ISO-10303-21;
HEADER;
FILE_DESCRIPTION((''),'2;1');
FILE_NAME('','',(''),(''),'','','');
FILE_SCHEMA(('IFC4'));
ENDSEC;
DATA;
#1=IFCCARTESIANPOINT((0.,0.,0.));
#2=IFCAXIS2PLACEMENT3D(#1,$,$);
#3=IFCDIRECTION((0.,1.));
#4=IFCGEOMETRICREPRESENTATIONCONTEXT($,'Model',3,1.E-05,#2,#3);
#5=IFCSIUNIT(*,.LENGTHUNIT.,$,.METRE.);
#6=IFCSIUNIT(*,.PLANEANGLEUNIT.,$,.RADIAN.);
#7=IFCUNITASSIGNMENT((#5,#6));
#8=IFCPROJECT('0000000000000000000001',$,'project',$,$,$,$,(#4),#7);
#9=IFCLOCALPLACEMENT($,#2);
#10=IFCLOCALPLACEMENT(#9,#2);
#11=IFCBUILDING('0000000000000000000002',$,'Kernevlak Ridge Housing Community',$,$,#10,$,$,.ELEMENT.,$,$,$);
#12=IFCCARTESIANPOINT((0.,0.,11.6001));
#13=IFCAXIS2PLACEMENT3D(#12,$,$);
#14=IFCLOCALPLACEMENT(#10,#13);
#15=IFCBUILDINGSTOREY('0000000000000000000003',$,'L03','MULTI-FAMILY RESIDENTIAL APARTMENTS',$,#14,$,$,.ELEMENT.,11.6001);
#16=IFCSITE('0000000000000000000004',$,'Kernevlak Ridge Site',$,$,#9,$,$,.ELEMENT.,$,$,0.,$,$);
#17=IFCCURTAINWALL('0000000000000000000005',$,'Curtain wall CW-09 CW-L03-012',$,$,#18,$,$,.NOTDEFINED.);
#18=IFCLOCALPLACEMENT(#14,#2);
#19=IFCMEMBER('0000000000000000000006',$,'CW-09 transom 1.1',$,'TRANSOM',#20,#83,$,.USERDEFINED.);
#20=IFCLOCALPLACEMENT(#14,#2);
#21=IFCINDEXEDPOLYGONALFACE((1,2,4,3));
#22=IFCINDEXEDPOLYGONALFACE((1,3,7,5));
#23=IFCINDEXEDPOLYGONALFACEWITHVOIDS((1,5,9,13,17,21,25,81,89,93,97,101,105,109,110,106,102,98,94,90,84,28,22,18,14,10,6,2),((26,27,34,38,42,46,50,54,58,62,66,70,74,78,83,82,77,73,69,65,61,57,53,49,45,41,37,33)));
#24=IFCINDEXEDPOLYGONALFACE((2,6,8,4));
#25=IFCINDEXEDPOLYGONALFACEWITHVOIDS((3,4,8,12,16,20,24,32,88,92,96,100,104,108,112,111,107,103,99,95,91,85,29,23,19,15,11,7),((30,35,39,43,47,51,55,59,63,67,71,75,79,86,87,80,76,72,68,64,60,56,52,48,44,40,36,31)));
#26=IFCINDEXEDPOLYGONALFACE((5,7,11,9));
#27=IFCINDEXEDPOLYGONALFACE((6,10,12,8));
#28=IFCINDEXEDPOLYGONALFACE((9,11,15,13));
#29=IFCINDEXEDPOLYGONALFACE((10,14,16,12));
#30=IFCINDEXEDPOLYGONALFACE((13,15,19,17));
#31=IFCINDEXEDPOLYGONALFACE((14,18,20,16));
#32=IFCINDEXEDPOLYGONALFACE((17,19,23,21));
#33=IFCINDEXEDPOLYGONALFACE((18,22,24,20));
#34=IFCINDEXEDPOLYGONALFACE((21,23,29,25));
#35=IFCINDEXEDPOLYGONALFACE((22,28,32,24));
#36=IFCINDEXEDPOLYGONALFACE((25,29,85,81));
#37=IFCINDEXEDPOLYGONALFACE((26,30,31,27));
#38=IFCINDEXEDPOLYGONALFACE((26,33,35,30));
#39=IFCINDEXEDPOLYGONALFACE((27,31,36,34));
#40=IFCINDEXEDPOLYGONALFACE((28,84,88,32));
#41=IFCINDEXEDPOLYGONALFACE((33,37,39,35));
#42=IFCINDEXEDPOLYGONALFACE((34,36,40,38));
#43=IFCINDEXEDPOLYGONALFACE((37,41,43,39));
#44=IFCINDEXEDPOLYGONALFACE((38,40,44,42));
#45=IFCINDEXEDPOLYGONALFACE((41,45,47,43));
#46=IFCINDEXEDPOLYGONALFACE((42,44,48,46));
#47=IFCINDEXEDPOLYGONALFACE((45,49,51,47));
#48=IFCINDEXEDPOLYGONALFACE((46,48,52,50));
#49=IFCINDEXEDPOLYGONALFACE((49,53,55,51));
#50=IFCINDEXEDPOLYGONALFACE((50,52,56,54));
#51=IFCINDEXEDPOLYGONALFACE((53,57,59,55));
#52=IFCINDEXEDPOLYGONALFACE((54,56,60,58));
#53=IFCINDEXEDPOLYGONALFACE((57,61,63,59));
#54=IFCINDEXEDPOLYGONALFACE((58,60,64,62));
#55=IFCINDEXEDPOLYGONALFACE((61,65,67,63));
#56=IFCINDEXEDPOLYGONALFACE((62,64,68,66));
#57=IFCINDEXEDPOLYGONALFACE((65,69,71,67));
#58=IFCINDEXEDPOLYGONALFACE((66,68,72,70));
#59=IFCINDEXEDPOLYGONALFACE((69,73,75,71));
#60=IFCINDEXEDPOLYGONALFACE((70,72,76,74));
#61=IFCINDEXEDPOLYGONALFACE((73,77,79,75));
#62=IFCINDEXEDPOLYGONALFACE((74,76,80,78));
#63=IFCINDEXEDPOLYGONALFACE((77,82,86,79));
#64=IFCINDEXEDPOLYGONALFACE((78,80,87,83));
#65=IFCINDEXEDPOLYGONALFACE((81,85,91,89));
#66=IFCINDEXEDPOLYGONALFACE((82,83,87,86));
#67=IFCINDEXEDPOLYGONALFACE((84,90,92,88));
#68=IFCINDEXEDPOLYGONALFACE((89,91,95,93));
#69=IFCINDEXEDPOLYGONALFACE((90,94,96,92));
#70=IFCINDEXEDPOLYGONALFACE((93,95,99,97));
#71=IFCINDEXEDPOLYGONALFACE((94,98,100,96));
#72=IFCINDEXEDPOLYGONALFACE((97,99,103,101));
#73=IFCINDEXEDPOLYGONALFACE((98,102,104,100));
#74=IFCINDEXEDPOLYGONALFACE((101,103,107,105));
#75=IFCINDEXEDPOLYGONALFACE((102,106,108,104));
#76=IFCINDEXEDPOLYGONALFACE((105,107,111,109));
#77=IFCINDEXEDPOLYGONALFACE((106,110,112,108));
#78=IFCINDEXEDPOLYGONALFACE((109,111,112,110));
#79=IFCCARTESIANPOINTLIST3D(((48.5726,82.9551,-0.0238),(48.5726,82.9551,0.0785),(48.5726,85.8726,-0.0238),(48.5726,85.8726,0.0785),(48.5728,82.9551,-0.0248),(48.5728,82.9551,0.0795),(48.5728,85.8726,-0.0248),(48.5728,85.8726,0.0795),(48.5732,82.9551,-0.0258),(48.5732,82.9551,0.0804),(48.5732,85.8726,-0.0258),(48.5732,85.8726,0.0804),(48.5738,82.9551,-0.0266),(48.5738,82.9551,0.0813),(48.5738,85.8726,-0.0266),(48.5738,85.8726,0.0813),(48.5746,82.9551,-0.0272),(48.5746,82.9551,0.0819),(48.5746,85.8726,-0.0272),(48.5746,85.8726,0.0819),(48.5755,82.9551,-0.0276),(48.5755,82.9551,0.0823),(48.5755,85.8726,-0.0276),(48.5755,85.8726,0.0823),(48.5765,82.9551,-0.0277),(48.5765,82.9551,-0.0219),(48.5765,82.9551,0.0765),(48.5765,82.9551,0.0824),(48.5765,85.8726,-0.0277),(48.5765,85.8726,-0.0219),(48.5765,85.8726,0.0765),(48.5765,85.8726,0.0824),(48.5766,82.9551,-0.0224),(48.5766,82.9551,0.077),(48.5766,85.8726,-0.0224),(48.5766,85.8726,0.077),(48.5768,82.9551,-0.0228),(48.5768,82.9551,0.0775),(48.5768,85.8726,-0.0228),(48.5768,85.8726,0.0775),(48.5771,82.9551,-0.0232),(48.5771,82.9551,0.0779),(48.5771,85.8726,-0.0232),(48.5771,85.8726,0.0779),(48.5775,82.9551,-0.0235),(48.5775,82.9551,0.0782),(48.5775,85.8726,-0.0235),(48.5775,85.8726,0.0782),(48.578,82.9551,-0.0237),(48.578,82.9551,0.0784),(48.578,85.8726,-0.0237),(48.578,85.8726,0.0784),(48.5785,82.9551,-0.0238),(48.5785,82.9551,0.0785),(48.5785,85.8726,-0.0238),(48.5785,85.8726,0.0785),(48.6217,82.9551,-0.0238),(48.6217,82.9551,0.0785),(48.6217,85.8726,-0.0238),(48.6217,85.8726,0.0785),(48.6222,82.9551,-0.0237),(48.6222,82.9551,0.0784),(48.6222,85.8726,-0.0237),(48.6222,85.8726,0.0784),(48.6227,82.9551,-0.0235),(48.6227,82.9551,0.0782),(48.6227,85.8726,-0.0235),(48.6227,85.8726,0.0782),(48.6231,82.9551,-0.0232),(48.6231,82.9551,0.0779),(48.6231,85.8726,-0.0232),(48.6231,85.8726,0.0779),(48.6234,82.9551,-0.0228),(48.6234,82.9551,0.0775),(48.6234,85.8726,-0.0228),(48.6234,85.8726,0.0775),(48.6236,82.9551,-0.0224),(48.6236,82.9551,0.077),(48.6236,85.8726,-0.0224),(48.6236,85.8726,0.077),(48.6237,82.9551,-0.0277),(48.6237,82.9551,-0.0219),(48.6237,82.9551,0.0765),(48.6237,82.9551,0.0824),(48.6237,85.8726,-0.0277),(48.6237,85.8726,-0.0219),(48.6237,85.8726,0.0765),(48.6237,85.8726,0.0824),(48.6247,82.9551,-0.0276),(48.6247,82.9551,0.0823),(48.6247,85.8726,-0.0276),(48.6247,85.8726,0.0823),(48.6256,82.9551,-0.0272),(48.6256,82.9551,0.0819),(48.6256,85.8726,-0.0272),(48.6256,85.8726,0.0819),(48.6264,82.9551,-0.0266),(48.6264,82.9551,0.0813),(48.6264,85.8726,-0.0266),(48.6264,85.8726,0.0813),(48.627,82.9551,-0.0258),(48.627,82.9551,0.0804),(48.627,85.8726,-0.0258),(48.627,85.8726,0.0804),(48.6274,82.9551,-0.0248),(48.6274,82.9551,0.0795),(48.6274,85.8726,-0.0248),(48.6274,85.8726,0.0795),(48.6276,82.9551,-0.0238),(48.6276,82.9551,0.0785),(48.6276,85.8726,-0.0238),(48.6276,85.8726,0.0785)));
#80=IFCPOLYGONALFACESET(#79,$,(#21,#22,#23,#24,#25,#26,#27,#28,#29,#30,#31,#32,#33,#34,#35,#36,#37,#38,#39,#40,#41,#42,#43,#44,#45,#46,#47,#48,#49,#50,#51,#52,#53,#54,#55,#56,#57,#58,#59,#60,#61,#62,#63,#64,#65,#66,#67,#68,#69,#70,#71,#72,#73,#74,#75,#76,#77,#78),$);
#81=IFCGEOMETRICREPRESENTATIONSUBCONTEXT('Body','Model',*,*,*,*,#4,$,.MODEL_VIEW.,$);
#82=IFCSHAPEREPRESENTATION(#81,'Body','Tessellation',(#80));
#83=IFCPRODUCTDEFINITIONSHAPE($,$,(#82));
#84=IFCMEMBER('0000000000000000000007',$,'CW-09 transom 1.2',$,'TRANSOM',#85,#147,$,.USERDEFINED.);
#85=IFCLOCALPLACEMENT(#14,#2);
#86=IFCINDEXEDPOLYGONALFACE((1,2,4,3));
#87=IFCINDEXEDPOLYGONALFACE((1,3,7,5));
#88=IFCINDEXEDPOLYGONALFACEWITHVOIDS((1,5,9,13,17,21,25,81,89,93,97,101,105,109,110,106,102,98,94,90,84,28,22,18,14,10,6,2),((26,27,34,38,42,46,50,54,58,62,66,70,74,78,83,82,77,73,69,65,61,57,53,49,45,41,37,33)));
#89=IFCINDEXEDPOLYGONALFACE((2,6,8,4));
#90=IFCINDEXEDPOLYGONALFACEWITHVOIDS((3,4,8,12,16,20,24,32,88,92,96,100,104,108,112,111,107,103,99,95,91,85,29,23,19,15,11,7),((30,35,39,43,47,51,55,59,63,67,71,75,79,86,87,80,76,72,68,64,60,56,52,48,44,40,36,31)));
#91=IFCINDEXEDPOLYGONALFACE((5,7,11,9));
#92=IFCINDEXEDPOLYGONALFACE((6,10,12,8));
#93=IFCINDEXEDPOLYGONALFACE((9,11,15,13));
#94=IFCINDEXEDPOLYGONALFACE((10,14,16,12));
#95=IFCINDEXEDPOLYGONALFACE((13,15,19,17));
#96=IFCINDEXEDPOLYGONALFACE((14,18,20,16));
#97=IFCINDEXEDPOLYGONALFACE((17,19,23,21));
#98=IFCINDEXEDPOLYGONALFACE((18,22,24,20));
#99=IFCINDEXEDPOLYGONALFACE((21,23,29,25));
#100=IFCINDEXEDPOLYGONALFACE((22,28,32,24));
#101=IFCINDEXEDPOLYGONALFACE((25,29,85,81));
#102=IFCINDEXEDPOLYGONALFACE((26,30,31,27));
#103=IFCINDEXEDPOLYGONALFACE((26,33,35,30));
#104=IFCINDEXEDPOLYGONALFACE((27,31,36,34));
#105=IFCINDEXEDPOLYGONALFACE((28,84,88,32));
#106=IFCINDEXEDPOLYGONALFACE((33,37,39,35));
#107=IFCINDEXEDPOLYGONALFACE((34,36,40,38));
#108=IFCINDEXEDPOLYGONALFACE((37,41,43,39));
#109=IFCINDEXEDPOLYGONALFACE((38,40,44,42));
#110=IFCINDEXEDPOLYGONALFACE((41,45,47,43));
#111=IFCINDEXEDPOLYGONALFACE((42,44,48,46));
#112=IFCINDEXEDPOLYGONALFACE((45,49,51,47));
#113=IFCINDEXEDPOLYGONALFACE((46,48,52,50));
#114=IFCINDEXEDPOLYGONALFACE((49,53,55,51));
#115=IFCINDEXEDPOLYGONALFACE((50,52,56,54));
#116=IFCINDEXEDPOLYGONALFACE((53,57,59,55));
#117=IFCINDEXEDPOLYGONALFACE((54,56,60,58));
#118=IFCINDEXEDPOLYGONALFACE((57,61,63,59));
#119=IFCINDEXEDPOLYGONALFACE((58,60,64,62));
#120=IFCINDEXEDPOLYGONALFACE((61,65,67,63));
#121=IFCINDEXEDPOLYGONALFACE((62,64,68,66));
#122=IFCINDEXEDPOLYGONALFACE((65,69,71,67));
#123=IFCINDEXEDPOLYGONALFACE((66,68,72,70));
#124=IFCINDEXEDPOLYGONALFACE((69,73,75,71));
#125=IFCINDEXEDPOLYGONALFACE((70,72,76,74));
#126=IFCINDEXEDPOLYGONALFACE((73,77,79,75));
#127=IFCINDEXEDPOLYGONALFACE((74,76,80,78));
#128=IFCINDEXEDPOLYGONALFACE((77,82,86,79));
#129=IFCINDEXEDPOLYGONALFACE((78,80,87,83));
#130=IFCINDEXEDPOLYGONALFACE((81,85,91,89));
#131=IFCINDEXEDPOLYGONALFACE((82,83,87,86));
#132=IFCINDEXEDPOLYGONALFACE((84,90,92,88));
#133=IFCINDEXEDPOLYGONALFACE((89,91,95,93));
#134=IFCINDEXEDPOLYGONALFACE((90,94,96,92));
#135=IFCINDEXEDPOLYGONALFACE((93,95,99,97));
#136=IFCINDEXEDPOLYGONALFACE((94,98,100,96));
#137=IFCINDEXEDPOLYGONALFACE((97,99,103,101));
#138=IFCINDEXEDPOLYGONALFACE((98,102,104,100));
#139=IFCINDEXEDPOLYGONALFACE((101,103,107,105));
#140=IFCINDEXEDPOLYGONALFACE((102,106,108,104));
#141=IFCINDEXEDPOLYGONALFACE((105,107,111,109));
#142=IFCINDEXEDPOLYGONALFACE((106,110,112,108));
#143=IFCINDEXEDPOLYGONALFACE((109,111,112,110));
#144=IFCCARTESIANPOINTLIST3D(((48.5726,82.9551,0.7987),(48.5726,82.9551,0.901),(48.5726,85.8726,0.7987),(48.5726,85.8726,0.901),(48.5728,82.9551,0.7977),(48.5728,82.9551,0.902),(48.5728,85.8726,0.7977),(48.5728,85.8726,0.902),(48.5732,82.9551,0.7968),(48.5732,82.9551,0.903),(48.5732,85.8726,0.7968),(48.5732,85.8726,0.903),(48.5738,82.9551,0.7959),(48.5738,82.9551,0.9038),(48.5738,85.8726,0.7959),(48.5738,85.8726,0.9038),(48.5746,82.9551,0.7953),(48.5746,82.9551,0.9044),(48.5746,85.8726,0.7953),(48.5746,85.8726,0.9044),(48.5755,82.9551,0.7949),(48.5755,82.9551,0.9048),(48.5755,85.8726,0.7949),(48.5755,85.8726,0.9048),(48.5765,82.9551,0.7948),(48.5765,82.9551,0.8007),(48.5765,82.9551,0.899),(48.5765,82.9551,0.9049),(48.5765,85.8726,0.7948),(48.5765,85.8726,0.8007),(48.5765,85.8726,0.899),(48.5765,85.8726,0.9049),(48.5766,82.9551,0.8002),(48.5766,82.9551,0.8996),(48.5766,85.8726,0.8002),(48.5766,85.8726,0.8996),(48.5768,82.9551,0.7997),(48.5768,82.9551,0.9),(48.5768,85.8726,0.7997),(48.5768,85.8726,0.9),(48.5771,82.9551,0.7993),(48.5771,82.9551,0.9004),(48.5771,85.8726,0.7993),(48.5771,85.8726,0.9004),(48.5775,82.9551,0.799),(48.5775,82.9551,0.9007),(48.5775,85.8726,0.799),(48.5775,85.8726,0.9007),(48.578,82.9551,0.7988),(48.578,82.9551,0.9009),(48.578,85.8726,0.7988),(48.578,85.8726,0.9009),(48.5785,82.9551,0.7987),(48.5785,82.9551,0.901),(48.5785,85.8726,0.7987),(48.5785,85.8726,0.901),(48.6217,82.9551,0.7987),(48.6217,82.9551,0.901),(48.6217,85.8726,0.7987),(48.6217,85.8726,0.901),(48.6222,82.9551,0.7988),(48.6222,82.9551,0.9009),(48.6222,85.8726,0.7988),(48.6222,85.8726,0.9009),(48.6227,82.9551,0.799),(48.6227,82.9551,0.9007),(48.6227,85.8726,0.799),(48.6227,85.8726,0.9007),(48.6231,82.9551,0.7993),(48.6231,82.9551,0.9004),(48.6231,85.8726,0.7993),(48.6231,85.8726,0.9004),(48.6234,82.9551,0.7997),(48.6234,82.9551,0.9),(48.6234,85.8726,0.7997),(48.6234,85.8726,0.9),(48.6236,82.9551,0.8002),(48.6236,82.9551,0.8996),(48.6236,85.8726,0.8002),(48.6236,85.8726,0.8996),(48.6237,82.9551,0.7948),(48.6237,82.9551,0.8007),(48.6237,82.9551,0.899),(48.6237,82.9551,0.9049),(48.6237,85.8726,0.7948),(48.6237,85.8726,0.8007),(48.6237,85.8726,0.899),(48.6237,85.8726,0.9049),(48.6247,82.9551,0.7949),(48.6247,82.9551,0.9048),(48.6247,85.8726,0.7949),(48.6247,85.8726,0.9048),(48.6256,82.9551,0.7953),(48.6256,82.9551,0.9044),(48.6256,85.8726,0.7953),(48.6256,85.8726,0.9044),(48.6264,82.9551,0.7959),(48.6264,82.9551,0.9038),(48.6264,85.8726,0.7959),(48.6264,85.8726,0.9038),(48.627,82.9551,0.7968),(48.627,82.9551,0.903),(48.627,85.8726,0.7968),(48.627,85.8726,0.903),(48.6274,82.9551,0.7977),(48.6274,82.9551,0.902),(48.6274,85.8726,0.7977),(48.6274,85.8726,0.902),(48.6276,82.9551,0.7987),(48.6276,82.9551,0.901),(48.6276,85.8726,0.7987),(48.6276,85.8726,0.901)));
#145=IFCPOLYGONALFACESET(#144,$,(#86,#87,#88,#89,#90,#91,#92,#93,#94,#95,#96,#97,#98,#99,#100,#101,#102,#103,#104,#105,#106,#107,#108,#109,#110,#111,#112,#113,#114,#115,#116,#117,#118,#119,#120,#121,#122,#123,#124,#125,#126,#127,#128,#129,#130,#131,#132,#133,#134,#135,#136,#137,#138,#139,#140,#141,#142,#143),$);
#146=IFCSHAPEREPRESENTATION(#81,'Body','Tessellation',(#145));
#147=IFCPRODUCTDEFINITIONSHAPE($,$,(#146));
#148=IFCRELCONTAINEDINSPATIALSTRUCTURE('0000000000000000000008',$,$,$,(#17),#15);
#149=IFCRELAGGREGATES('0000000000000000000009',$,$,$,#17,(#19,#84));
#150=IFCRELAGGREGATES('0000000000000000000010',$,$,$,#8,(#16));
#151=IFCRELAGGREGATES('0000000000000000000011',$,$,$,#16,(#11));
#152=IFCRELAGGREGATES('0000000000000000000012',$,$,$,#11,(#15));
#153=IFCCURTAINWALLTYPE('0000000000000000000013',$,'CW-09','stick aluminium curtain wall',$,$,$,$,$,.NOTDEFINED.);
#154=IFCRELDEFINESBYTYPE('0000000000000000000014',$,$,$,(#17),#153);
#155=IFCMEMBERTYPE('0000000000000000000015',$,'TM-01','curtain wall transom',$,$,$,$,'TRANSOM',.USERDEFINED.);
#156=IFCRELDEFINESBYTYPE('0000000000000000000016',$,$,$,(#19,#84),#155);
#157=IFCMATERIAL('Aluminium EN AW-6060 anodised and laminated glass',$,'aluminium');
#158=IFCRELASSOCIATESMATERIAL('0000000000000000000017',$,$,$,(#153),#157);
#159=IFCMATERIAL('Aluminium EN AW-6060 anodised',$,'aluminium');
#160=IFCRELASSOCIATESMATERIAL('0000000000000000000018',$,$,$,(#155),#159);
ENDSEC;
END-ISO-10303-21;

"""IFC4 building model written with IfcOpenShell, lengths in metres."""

from ifc_helpers import new_model, si_unit, direction, frame, origin, origin_2d, place, context, subcontext, project, spatial, hollow_rectangle, extrude, material, material_profile, profile_set, type_object, element, aggregate, save


model = new_model("IFC4")

# Units and contexts
model_context = context("Model", 3, precision=1e-05, world=origin(), true_north=direction((0.0, 1.0)))
body_context = subcontext(model_context, "Body", "Model", "MODEL_VIEW")
ifc_project = project(units=[si_unit("LENGTHUNIT", "METRE"), si_unit("PLANEANGLEUNIT", "RADIAN")], contexts=[model_context])

# Site, building, storey
site_placement = place(None, origin())
site = spatial("IfcSite", under=ifc_project, at=site_placement, Name="Kernevlak Ridge Site", CompositionType="ELEMENT", RefElevation=0.0)
building_placement = place(site_placement, origin())
building = spatial("IfcBuilding", under=site, at=building_placement, Name="Kernevlak Ridge Housing Community", CompositionType="ELEMENT")
storey_placement = place(building_placement, frame((0.0, 0.0, 11.6001)))
storey = spatial("IfcBuildingStorey", under=building, at=storey_placement, Name="L03", Description="MULTI-FAMILY RESIDENTIAL APARTMENTS", CompositionType="ELEMENT", Elevation=11.6001)

# Curtain wall
ifc_material_1 = material(Name="Aluminium EN AW-6060 anodised and laminated glass", Category="aluminium")
curtain_wall_type = type_object("IfcCurtainWallType", Name="CW-09", Description="stick aluminium curtain wall", PredefinedType="NOTDEFINED", material=ifc_material_1)
curtain_wall_placement = place(storey_placement, origin())
curtain_wall = element("IfcCurtainWall", 1, at=curtain_wall_placement, inside=storey, type_object=curtain_wall_type, Name="Curtain wall CW-09 CW-L03-012", PredefinedType="NOTDEFINED")
ifc_material_2 = material(Name="Aluminium EN AW-6060 anodised", Category="aluminium")

# Members
ifc_material_profile_1 = material_profile(ifc_material_2, hollow_rectangle(XDim=0.0549, YDim=0.1101, WallThickness=0.0039, InnerFilletRadius=0.002, OuterFilletRadius=0.0039, at=origin_2d()), Name="ALU 55x110x4")
ifc_profile_set_1 = profile_set([ifc_material_profile_1], Name="Aluminium EN AW-6060 anodised")
member_type_1 = type_object("IfcMemberType", Name="TM-01", Description="curtain wall transom", ElementType="TRANSOM", PredefinedType="USERDEFINED", material=ifc_profile_set_1)
member_1_placement = place(storey_placement, frame((48.6001, 82.9551, 0.0273), z_axis=(0.0, 1.0, 0.0), x_axis=(-1.0, 0.0, 0.0)))
member_1 = element("IfcMember", 2, at=member_1_placement, type_object=member_type_1, Name="CW-09 transom 1.1", ObjectType="TRANSOM", PredefinedType="USERDEFINED", context=body_context, shape_type="SweptSolid", body=[
    extrude(hollow_rectangle(XDim=0.0549, YDim=0.1101, WallThickness=0.0039, InnerFilletRadius=0.002, OuterFilletRadius=0.0039, at=origin_2d()), origin(), (0.0, 0.0, 1.0), 2.9175),
])
member_2_placement = place(storey_placement, frame((48.6001, 82.9551, 0.8499), z_axis=(0.0, 1.0, 0.0), x_axis=(-1.0, 0.0, 0.0)))
member_2 = element("IfcMember", 3, at=member_2_placement, type_object=member_type_1, Name="CW-09 transom 1.2", ObjectType="TRANSOM", PredefinedType="USERDEFINED", context=body_context, shape_type="SweptSolid", body=[
    extrude(hollow_rectangle(XDim=0.0549, YDim=0.1101, WallThickness=0.0039, InnerFilletRadius=0.002, OuterFilletRadius=0.0039, at=origin_2d()), origin(), (0.0, 0.0, 1.0), 2.9175),
])
aggregate(curtain_wall, [member_1, member_2])

save(model, "model.ifc")
